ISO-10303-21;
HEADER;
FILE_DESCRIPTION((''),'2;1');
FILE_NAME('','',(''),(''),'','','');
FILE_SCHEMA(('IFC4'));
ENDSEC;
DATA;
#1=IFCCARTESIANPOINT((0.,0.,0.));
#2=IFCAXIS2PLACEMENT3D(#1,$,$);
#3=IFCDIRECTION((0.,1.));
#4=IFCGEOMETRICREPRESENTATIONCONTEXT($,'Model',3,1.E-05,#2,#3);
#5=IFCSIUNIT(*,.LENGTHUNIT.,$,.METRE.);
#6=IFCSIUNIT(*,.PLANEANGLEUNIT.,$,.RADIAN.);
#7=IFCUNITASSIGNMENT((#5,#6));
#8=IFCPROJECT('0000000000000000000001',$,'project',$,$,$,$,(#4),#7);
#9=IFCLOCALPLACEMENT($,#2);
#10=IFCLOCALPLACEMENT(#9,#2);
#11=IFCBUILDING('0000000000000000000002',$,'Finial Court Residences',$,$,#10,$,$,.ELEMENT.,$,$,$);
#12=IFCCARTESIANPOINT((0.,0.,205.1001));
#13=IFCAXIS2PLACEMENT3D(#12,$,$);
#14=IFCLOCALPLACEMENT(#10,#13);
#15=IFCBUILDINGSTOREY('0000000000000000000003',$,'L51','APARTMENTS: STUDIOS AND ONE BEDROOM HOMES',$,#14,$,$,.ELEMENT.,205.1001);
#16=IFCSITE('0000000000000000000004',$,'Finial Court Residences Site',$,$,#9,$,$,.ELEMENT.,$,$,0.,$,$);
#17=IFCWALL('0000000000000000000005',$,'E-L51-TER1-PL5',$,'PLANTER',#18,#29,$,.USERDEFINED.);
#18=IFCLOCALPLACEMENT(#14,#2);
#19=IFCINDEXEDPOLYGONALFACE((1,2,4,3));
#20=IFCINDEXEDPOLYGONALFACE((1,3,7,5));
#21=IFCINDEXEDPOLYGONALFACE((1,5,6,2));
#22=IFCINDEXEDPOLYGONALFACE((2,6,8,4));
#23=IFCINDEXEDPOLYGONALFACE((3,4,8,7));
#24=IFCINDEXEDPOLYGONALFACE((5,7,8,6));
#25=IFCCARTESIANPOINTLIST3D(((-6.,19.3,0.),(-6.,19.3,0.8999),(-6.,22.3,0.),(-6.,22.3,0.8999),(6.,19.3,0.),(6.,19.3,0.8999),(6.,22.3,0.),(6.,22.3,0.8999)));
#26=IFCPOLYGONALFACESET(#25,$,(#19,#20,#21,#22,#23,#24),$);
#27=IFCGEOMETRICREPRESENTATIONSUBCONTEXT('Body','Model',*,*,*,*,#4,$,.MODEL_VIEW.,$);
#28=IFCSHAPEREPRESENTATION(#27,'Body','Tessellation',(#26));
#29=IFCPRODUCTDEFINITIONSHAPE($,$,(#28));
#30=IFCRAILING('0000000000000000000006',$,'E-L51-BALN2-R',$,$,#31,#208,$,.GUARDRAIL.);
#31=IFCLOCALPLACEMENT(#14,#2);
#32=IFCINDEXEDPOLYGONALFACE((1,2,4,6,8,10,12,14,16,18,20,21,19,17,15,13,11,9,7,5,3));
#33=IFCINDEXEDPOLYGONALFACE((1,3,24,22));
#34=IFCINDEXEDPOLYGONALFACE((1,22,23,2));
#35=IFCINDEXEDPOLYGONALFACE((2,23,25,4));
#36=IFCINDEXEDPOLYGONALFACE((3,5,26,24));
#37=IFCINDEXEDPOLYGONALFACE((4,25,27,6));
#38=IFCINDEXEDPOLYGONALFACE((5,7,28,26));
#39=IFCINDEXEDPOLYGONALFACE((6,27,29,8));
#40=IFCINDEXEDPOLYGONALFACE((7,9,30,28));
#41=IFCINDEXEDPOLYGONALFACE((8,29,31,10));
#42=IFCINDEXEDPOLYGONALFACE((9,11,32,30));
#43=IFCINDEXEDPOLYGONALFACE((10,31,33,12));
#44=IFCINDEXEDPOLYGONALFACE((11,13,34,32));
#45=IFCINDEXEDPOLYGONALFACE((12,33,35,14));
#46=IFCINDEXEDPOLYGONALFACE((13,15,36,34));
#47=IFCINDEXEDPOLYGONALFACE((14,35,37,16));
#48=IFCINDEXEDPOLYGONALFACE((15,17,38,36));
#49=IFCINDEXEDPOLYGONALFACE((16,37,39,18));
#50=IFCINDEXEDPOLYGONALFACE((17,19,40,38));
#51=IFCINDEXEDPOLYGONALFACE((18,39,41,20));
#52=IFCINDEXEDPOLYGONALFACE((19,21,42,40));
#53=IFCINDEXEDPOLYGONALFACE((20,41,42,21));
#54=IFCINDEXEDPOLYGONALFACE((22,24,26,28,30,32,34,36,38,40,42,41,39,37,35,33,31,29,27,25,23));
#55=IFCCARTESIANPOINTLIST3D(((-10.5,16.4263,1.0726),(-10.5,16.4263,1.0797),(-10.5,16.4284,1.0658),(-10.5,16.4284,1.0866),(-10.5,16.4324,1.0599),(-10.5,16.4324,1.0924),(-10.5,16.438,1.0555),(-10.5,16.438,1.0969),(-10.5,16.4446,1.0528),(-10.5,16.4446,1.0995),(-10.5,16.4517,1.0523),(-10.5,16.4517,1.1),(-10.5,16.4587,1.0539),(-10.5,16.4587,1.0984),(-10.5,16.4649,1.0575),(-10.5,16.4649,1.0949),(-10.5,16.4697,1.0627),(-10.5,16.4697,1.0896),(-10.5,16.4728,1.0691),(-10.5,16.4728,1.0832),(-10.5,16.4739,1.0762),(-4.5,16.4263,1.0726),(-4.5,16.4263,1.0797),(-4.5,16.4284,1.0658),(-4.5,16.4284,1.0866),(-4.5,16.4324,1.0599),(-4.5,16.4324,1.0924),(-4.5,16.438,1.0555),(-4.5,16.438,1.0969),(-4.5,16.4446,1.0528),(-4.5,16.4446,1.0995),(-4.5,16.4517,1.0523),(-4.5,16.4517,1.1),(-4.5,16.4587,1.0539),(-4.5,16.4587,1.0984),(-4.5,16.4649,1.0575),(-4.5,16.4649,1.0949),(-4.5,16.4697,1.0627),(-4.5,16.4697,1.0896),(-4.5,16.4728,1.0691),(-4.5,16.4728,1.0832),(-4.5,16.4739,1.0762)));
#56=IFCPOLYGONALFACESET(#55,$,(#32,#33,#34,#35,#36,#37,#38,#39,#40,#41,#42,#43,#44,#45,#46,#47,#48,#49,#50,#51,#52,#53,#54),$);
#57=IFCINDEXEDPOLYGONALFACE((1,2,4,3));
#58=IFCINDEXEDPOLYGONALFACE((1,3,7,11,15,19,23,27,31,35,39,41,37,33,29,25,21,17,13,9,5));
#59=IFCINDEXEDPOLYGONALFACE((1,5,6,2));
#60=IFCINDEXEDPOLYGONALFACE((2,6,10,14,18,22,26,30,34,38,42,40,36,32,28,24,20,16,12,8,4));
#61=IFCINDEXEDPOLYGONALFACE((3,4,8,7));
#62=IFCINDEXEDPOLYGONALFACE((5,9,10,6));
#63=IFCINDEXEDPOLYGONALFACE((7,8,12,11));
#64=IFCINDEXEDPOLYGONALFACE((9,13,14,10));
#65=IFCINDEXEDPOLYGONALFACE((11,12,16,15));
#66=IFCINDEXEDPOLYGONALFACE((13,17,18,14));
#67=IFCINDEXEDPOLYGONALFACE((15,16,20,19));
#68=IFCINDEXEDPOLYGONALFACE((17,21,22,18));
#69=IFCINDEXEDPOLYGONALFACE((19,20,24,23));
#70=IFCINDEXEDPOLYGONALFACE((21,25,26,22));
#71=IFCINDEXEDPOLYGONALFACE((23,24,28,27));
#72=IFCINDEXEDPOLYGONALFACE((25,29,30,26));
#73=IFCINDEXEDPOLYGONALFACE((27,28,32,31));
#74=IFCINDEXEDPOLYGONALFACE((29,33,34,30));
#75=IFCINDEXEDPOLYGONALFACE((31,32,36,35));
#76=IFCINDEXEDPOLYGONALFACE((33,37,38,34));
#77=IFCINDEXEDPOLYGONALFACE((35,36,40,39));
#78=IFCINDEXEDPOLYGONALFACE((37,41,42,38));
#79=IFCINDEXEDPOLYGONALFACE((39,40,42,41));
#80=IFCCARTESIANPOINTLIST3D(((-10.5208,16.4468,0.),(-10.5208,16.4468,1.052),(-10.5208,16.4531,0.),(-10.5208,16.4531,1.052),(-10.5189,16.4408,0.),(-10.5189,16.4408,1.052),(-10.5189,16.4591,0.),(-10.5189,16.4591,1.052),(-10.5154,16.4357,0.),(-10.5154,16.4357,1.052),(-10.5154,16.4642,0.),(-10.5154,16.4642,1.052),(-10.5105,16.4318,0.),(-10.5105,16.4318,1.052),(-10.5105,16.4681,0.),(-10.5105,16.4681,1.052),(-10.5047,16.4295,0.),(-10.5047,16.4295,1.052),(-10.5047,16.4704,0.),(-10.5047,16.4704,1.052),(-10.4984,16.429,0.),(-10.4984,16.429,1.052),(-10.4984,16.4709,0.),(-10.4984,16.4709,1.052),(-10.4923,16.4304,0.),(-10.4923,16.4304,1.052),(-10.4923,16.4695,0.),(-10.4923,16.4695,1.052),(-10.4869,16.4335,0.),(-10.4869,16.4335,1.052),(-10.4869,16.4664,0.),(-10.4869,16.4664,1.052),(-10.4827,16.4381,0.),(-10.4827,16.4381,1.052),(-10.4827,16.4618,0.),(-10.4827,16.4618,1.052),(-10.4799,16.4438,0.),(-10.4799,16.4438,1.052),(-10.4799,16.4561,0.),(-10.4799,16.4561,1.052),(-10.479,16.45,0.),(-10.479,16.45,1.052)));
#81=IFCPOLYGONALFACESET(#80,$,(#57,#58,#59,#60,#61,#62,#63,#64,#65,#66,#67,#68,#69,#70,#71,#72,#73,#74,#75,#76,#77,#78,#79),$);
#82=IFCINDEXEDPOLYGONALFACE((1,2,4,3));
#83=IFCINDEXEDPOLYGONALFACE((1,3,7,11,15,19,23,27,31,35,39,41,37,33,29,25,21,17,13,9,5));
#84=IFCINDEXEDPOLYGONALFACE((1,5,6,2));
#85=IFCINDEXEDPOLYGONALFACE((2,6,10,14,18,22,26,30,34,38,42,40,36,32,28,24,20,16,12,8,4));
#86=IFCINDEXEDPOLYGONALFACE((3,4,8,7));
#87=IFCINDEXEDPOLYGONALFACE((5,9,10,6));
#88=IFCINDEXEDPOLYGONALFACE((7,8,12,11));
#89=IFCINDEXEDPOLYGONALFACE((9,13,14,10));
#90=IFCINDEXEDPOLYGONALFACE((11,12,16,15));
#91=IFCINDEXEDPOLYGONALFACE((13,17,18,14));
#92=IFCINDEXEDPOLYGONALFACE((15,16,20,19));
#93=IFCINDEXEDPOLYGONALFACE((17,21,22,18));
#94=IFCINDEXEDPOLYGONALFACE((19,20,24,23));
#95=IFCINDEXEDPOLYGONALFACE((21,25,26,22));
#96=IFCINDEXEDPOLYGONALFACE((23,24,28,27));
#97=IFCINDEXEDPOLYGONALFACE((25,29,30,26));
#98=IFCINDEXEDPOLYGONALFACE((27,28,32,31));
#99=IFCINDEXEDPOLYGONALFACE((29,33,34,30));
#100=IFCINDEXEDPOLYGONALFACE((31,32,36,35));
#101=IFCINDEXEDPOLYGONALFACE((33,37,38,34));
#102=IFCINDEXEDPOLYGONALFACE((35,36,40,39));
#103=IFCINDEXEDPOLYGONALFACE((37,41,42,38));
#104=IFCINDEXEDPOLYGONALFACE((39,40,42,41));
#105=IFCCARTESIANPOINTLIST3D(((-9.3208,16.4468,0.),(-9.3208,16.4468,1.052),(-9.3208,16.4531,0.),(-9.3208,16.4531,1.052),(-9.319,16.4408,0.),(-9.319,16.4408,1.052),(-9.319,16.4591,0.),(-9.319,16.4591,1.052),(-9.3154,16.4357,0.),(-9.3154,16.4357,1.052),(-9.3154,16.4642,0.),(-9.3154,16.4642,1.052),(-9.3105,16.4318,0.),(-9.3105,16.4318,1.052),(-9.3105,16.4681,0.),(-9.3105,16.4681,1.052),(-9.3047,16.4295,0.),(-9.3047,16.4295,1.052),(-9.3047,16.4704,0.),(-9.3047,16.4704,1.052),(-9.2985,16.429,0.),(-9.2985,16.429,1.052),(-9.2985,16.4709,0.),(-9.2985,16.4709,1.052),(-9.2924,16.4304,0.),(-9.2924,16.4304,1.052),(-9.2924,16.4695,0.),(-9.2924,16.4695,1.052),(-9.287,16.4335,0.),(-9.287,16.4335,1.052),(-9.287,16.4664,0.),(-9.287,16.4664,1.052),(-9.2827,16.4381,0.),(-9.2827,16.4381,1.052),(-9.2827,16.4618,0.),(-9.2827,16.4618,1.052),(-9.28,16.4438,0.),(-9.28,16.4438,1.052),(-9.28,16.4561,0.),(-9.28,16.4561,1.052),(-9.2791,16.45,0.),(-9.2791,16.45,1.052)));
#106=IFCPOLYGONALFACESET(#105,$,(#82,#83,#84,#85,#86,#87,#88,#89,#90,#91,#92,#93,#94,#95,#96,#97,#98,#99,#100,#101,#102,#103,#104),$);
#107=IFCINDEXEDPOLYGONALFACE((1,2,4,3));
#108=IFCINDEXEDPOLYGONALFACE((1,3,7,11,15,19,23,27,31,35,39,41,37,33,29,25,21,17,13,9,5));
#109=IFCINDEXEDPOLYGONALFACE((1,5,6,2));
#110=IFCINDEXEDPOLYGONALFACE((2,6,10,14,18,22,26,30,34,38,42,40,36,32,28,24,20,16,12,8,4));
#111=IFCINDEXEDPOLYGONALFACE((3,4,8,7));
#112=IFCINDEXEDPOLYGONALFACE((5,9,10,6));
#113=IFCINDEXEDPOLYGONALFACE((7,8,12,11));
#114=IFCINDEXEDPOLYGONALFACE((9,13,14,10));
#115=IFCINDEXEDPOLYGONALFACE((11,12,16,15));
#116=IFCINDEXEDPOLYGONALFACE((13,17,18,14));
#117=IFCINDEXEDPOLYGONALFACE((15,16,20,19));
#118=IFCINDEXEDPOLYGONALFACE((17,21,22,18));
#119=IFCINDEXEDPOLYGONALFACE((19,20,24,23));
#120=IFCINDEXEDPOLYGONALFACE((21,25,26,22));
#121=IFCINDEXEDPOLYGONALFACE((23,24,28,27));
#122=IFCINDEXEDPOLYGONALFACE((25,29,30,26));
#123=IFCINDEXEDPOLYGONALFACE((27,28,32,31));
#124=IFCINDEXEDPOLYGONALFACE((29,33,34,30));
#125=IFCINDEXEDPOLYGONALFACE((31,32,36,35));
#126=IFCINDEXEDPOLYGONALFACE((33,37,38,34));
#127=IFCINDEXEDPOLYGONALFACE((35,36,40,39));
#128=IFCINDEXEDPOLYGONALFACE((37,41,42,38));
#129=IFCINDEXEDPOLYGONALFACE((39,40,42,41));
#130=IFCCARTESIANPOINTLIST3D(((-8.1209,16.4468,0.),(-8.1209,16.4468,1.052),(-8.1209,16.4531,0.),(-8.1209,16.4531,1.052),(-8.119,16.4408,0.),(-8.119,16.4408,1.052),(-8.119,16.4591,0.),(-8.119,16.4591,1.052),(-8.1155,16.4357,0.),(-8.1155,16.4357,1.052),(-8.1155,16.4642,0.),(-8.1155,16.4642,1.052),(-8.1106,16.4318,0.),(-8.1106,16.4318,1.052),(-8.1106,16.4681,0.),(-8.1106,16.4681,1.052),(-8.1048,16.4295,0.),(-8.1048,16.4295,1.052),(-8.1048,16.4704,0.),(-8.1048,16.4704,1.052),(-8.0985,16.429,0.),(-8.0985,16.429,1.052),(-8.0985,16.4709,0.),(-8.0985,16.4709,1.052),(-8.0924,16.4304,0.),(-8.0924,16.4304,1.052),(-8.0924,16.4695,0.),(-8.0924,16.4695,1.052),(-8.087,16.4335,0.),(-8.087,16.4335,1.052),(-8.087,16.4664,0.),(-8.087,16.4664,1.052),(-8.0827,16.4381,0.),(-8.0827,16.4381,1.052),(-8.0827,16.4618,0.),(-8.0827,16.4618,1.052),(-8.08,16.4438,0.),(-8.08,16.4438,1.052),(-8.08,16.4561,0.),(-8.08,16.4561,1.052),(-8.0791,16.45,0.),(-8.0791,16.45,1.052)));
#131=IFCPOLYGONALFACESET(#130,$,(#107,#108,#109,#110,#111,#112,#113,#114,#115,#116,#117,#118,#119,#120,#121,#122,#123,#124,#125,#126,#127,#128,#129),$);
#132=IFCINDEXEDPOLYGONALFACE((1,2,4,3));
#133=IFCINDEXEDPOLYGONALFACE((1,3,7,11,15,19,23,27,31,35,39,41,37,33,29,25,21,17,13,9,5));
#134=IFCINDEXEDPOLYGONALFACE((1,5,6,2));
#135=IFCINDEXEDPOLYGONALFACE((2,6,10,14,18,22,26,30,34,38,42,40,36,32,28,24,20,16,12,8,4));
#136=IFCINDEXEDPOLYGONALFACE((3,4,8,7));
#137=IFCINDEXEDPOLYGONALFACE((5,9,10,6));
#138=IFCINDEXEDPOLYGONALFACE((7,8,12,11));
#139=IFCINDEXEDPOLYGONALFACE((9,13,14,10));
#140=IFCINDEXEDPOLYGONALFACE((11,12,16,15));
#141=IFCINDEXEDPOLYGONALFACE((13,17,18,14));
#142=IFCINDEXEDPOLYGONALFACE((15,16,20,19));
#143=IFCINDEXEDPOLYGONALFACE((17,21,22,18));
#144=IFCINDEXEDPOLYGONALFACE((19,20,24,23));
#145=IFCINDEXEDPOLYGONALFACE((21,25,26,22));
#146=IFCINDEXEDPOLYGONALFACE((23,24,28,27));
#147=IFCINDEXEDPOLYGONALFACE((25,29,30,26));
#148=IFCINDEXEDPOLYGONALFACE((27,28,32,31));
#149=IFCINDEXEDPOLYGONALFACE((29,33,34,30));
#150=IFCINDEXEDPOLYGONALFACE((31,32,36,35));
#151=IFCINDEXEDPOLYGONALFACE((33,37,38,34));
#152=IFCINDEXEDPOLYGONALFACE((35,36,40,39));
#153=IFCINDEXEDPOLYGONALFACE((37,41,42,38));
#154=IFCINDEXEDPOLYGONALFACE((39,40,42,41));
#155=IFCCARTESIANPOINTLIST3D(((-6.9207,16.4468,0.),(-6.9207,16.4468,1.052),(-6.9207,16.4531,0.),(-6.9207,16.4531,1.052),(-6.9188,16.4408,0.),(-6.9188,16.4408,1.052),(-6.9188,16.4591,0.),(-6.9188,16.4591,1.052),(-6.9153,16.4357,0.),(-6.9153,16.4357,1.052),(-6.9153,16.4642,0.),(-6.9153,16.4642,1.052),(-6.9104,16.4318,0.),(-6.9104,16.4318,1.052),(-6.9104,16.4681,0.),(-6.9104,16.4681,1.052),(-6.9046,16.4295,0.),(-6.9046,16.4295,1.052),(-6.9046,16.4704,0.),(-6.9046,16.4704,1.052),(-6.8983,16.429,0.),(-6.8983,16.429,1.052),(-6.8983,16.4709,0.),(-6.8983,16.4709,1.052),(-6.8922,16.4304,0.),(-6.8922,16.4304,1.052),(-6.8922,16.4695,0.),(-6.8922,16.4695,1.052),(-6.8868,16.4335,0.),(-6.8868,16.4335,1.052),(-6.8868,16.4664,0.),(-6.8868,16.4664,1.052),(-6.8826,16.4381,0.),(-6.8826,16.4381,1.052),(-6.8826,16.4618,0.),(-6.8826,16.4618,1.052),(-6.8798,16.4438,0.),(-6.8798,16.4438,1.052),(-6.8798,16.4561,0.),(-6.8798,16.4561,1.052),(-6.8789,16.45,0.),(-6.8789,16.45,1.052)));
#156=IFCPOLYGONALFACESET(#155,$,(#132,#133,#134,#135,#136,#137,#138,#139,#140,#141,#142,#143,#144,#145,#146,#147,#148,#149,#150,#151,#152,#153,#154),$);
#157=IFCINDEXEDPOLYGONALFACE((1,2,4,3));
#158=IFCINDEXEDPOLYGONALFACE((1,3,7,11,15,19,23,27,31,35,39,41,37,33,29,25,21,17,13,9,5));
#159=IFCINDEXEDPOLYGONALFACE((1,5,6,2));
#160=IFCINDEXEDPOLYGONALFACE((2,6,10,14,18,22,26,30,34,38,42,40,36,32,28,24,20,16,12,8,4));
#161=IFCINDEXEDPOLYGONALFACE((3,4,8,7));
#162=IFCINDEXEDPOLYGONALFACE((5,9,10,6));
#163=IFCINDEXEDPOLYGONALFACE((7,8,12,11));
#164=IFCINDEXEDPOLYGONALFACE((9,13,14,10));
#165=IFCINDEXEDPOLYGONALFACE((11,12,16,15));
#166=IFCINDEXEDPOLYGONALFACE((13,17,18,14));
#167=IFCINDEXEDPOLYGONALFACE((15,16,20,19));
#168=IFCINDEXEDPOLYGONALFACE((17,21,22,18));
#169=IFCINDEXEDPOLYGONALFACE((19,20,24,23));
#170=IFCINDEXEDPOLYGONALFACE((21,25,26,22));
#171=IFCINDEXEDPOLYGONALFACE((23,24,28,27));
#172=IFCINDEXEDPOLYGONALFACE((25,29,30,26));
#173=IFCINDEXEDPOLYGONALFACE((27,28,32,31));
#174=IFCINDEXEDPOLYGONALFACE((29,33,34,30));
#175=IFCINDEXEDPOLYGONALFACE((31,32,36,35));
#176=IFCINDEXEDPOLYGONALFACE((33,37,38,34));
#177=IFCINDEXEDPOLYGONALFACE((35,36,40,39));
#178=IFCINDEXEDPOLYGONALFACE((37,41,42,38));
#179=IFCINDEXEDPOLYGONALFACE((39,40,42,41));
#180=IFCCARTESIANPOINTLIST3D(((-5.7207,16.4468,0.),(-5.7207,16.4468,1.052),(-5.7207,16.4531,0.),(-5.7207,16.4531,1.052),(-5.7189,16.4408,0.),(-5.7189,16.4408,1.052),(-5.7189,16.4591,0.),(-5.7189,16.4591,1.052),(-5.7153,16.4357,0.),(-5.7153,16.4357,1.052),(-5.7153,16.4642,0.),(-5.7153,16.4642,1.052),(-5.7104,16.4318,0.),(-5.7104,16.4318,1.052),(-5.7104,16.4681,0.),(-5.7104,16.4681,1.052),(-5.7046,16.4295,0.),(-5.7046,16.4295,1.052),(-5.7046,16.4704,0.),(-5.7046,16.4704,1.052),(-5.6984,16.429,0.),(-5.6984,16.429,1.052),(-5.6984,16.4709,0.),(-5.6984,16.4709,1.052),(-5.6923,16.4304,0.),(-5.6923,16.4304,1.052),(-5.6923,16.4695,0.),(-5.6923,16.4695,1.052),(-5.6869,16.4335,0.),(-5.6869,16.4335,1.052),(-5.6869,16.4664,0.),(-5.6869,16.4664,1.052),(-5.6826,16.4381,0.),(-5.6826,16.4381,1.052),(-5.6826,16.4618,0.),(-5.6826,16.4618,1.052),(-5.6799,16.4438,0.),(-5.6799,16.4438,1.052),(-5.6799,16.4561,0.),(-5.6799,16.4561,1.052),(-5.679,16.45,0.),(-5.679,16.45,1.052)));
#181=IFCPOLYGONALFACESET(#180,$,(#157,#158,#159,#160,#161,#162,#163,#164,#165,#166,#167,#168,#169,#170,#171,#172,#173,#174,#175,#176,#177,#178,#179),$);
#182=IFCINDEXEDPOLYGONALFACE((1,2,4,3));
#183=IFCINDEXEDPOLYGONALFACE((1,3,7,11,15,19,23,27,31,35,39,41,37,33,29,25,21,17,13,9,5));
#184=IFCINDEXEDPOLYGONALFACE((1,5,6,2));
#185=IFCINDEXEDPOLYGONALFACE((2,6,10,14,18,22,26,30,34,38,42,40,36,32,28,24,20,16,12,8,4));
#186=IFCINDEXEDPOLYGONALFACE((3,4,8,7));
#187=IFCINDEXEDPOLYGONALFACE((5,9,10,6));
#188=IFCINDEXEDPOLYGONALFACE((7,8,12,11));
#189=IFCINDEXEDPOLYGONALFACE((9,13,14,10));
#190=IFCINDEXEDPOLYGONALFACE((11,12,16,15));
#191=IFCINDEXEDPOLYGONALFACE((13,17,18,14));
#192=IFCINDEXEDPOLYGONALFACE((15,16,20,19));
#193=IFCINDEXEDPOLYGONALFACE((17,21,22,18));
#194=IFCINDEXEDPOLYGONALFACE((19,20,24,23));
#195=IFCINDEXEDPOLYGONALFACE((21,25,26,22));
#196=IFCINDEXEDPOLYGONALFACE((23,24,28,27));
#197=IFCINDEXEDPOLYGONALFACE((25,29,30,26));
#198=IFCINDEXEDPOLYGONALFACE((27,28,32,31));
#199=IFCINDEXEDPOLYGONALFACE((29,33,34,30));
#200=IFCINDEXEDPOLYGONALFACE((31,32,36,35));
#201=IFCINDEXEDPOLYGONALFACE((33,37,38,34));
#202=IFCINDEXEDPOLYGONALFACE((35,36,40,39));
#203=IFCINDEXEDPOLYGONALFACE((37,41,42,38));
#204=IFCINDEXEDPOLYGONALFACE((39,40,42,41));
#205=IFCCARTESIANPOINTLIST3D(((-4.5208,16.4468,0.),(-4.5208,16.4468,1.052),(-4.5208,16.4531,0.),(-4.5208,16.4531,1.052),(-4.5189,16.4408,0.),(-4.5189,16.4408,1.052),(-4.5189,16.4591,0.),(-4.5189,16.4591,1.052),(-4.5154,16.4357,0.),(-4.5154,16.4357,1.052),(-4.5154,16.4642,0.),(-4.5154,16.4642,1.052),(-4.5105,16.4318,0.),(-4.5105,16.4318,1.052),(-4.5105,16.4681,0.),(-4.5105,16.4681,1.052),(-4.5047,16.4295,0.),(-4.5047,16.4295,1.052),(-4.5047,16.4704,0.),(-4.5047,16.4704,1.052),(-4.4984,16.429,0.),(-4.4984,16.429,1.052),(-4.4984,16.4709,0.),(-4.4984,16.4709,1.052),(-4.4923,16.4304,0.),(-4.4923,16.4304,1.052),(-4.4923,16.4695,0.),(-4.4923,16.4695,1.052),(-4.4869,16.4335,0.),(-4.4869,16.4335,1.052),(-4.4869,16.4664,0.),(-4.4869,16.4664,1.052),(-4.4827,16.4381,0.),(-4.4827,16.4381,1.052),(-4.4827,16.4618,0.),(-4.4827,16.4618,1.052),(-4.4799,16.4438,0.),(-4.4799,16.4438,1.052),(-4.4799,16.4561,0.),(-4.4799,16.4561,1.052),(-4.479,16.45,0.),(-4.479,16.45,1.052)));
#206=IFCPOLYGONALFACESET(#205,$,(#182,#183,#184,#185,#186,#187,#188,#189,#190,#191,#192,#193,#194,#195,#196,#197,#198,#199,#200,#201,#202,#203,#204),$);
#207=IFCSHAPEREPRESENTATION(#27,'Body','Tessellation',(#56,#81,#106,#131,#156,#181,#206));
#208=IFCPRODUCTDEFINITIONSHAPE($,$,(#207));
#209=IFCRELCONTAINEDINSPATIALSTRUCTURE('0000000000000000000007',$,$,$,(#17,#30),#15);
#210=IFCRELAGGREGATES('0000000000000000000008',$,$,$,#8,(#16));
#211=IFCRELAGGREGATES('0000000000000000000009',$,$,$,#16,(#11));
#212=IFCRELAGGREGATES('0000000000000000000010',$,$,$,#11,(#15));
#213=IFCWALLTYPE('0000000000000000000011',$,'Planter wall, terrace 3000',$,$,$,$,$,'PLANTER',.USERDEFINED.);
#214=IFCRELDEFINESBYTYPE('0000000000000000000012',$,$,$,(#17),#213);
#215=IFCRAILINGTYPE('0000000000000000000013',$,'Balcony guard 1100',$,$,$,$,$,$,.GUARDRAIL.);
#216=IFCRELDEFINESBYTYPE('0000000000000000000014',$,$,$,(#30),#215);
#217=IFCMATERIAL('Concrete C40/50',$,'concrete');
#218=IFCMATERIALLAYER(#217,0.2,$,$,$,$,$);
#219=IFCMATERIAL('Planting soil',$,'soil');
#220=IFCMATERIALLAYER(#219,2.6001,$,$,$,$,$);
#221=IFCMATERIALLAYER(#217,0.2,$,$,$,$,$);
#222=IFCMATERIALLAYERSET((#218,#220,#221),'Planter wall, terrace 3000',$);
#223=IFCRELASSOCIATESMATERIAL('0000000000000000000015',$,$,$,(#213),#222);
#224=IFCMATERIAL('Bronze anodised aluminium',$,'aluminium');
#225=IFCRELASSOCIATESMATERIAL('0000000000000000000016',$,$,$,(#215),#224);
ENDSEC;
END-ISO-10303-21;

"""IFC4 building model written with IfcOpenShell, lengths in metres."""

from ifc_helpers import new_model, si_unit, direction, frame, frame_2d, origin, origin_2d, place, context, subcontext, project, spatial, rectangle, circle, extrude, material, layer, layer_set, type_object, element, save


model = new_model("IFC4")

# Units and contexts
model_context = context("Model", 3, precision=1e-05, world=origin(), true_north=direction((0.0, 1.0)))
body_context = subcontext(model_context, "Body", "Model", "MODEL_VIEW")
ifc_project = project(units=[si_unit("LENGTHUNIT", "METRE"), si_unit("PLANEANGLEUNIT", "RADIAN")], contexts=[model_context])

# Site, building, storey
site_placement = place(None, origin())
site = spatial("IfcSite", under=ifc_project, at=site_placement, Name="Finial Court Residences Site", CompositionType="ELEMENT", RefElevation=0.0)
building_placement = place(site_placement, origin())
building = spatial("IfcBuilding", under=site, at=building_placement, Name="Finial Court Residences", CompositionType="ELEMENT")
storey_placement = place(building_placement, frame((0.0, 0.0, 205.1001)))
storey = spatial("IfcBuildingStorey", under=building, at=storey_placement, Name="L51", Description="APARTMENTS: STUDIOS AND ONE BEDROOM HOMES", CompositionType="ELEMENT", Elevation=205.1001)

# Shared definitions
ifc_material_1 = material(Name="Bronze anodised aluminium", Category="aluminium")

# Wall
ifc_material_2 = material(Name="Concrete C40/50", Category="concrete")
ifc_material_3 = material(Name="Planting soil", Category="soil")
ifc_layer_1 = layer(ifc_material_2, 0.2)
ifc_layer_2 = layer(ifc_material_3, 2.6001)
ifc_layer_3 = layer(ifc_material_2, 0.2)
ifc_layer_set_1 = layer_set([ifc_layer_1, ifc_layer_2, ifc_layer_3], Name="Planter wall, terrace 3000")
wall_type_1 = type_object("IfcWallType", Name="Planter wall, terrace 3000", ElementType="PLANTER", PredefinedType="USERDEFINED", material=ifc_layer_set_1)
wall_1_placement = place(storey_placement, frame((-6.0, 20.8, 0.0), z_axis=(0.0, 0.0, 1.0), x_axis=(1.0, 0.0, 0.0)))
element("IfcWall", 1, at=wall_1_placement, inside=storey, type_object=wall_type_1, Name="E-L51-TER1-PL5", ObjectType="PLANTER", PredefinedType="USERDEFINED", context=body_context, shape_type="SweptSolid", body=[
    extrude(rectangle(XDim=12.0, YDim=3.0, at=frame_2d((6.0, 0.0))), origin(), (0.0, 0.0, 1.0), 0.8999),
])

# Railing
railing_type = type_object("IfcRailingType", Name="Balcony guard 1100", PredefinedType="GUARDRAIL", material=ifc_material_1)
railing_placement = place(storey_placement, frame((-10.5, 16.45, 0.0)))
element("IfcRailing", 2, at=railing_placement, inside=storey, type_object=railing_type, Name="E-L51-BALN2-R", PredefinedType="GUARDRAIL", context=body_context, shape_type="SweptSolid", body=[
    extrude(circle(Radius=0.0239, at=origin_2d()), frame((0.0, 0.0, 1.0762), z_axis=(1.0, 0.0, 0.0), x_axis=(0.0, 1.0, 0.0)), (0.0, 0.0, 1.0), 6.0),
    extrude(circle(Radius=0.021, at=origin_2d()), origin(), (0.0, 0.0, 1.0), 1.052),
    extrude(circle(Radius=0.021, at=origin_2d()), frame((1.2, 0.0, 0.0)), (0.0, 0.0, 1.0), 1.052),
    extrude(circle(Radius=0.021, at=origin_2d()), frame((2.3999, 0.0, 0.0)), (0.0, 0.0, 1.0), 1.052),
    extrude(circle(Radius=0.021, at=origin_2d()), frame((3.6001, 0.0, 0.0)), (0.0, 0.0, 1.0), 1.052),
    extrude(circle(Radius=0.021, at=origin_2d()), frame((4.8, 0.0, 0.0)), (0.0, 0.0, 1.0), 1.052),
    extrude(circle(Radius=0.021, at=origin_2d()), frame((6.0, 0.0, 0.0)), (0.0, 0.0, 1.0), 1.052),
])

save(model, "model.ifc")
